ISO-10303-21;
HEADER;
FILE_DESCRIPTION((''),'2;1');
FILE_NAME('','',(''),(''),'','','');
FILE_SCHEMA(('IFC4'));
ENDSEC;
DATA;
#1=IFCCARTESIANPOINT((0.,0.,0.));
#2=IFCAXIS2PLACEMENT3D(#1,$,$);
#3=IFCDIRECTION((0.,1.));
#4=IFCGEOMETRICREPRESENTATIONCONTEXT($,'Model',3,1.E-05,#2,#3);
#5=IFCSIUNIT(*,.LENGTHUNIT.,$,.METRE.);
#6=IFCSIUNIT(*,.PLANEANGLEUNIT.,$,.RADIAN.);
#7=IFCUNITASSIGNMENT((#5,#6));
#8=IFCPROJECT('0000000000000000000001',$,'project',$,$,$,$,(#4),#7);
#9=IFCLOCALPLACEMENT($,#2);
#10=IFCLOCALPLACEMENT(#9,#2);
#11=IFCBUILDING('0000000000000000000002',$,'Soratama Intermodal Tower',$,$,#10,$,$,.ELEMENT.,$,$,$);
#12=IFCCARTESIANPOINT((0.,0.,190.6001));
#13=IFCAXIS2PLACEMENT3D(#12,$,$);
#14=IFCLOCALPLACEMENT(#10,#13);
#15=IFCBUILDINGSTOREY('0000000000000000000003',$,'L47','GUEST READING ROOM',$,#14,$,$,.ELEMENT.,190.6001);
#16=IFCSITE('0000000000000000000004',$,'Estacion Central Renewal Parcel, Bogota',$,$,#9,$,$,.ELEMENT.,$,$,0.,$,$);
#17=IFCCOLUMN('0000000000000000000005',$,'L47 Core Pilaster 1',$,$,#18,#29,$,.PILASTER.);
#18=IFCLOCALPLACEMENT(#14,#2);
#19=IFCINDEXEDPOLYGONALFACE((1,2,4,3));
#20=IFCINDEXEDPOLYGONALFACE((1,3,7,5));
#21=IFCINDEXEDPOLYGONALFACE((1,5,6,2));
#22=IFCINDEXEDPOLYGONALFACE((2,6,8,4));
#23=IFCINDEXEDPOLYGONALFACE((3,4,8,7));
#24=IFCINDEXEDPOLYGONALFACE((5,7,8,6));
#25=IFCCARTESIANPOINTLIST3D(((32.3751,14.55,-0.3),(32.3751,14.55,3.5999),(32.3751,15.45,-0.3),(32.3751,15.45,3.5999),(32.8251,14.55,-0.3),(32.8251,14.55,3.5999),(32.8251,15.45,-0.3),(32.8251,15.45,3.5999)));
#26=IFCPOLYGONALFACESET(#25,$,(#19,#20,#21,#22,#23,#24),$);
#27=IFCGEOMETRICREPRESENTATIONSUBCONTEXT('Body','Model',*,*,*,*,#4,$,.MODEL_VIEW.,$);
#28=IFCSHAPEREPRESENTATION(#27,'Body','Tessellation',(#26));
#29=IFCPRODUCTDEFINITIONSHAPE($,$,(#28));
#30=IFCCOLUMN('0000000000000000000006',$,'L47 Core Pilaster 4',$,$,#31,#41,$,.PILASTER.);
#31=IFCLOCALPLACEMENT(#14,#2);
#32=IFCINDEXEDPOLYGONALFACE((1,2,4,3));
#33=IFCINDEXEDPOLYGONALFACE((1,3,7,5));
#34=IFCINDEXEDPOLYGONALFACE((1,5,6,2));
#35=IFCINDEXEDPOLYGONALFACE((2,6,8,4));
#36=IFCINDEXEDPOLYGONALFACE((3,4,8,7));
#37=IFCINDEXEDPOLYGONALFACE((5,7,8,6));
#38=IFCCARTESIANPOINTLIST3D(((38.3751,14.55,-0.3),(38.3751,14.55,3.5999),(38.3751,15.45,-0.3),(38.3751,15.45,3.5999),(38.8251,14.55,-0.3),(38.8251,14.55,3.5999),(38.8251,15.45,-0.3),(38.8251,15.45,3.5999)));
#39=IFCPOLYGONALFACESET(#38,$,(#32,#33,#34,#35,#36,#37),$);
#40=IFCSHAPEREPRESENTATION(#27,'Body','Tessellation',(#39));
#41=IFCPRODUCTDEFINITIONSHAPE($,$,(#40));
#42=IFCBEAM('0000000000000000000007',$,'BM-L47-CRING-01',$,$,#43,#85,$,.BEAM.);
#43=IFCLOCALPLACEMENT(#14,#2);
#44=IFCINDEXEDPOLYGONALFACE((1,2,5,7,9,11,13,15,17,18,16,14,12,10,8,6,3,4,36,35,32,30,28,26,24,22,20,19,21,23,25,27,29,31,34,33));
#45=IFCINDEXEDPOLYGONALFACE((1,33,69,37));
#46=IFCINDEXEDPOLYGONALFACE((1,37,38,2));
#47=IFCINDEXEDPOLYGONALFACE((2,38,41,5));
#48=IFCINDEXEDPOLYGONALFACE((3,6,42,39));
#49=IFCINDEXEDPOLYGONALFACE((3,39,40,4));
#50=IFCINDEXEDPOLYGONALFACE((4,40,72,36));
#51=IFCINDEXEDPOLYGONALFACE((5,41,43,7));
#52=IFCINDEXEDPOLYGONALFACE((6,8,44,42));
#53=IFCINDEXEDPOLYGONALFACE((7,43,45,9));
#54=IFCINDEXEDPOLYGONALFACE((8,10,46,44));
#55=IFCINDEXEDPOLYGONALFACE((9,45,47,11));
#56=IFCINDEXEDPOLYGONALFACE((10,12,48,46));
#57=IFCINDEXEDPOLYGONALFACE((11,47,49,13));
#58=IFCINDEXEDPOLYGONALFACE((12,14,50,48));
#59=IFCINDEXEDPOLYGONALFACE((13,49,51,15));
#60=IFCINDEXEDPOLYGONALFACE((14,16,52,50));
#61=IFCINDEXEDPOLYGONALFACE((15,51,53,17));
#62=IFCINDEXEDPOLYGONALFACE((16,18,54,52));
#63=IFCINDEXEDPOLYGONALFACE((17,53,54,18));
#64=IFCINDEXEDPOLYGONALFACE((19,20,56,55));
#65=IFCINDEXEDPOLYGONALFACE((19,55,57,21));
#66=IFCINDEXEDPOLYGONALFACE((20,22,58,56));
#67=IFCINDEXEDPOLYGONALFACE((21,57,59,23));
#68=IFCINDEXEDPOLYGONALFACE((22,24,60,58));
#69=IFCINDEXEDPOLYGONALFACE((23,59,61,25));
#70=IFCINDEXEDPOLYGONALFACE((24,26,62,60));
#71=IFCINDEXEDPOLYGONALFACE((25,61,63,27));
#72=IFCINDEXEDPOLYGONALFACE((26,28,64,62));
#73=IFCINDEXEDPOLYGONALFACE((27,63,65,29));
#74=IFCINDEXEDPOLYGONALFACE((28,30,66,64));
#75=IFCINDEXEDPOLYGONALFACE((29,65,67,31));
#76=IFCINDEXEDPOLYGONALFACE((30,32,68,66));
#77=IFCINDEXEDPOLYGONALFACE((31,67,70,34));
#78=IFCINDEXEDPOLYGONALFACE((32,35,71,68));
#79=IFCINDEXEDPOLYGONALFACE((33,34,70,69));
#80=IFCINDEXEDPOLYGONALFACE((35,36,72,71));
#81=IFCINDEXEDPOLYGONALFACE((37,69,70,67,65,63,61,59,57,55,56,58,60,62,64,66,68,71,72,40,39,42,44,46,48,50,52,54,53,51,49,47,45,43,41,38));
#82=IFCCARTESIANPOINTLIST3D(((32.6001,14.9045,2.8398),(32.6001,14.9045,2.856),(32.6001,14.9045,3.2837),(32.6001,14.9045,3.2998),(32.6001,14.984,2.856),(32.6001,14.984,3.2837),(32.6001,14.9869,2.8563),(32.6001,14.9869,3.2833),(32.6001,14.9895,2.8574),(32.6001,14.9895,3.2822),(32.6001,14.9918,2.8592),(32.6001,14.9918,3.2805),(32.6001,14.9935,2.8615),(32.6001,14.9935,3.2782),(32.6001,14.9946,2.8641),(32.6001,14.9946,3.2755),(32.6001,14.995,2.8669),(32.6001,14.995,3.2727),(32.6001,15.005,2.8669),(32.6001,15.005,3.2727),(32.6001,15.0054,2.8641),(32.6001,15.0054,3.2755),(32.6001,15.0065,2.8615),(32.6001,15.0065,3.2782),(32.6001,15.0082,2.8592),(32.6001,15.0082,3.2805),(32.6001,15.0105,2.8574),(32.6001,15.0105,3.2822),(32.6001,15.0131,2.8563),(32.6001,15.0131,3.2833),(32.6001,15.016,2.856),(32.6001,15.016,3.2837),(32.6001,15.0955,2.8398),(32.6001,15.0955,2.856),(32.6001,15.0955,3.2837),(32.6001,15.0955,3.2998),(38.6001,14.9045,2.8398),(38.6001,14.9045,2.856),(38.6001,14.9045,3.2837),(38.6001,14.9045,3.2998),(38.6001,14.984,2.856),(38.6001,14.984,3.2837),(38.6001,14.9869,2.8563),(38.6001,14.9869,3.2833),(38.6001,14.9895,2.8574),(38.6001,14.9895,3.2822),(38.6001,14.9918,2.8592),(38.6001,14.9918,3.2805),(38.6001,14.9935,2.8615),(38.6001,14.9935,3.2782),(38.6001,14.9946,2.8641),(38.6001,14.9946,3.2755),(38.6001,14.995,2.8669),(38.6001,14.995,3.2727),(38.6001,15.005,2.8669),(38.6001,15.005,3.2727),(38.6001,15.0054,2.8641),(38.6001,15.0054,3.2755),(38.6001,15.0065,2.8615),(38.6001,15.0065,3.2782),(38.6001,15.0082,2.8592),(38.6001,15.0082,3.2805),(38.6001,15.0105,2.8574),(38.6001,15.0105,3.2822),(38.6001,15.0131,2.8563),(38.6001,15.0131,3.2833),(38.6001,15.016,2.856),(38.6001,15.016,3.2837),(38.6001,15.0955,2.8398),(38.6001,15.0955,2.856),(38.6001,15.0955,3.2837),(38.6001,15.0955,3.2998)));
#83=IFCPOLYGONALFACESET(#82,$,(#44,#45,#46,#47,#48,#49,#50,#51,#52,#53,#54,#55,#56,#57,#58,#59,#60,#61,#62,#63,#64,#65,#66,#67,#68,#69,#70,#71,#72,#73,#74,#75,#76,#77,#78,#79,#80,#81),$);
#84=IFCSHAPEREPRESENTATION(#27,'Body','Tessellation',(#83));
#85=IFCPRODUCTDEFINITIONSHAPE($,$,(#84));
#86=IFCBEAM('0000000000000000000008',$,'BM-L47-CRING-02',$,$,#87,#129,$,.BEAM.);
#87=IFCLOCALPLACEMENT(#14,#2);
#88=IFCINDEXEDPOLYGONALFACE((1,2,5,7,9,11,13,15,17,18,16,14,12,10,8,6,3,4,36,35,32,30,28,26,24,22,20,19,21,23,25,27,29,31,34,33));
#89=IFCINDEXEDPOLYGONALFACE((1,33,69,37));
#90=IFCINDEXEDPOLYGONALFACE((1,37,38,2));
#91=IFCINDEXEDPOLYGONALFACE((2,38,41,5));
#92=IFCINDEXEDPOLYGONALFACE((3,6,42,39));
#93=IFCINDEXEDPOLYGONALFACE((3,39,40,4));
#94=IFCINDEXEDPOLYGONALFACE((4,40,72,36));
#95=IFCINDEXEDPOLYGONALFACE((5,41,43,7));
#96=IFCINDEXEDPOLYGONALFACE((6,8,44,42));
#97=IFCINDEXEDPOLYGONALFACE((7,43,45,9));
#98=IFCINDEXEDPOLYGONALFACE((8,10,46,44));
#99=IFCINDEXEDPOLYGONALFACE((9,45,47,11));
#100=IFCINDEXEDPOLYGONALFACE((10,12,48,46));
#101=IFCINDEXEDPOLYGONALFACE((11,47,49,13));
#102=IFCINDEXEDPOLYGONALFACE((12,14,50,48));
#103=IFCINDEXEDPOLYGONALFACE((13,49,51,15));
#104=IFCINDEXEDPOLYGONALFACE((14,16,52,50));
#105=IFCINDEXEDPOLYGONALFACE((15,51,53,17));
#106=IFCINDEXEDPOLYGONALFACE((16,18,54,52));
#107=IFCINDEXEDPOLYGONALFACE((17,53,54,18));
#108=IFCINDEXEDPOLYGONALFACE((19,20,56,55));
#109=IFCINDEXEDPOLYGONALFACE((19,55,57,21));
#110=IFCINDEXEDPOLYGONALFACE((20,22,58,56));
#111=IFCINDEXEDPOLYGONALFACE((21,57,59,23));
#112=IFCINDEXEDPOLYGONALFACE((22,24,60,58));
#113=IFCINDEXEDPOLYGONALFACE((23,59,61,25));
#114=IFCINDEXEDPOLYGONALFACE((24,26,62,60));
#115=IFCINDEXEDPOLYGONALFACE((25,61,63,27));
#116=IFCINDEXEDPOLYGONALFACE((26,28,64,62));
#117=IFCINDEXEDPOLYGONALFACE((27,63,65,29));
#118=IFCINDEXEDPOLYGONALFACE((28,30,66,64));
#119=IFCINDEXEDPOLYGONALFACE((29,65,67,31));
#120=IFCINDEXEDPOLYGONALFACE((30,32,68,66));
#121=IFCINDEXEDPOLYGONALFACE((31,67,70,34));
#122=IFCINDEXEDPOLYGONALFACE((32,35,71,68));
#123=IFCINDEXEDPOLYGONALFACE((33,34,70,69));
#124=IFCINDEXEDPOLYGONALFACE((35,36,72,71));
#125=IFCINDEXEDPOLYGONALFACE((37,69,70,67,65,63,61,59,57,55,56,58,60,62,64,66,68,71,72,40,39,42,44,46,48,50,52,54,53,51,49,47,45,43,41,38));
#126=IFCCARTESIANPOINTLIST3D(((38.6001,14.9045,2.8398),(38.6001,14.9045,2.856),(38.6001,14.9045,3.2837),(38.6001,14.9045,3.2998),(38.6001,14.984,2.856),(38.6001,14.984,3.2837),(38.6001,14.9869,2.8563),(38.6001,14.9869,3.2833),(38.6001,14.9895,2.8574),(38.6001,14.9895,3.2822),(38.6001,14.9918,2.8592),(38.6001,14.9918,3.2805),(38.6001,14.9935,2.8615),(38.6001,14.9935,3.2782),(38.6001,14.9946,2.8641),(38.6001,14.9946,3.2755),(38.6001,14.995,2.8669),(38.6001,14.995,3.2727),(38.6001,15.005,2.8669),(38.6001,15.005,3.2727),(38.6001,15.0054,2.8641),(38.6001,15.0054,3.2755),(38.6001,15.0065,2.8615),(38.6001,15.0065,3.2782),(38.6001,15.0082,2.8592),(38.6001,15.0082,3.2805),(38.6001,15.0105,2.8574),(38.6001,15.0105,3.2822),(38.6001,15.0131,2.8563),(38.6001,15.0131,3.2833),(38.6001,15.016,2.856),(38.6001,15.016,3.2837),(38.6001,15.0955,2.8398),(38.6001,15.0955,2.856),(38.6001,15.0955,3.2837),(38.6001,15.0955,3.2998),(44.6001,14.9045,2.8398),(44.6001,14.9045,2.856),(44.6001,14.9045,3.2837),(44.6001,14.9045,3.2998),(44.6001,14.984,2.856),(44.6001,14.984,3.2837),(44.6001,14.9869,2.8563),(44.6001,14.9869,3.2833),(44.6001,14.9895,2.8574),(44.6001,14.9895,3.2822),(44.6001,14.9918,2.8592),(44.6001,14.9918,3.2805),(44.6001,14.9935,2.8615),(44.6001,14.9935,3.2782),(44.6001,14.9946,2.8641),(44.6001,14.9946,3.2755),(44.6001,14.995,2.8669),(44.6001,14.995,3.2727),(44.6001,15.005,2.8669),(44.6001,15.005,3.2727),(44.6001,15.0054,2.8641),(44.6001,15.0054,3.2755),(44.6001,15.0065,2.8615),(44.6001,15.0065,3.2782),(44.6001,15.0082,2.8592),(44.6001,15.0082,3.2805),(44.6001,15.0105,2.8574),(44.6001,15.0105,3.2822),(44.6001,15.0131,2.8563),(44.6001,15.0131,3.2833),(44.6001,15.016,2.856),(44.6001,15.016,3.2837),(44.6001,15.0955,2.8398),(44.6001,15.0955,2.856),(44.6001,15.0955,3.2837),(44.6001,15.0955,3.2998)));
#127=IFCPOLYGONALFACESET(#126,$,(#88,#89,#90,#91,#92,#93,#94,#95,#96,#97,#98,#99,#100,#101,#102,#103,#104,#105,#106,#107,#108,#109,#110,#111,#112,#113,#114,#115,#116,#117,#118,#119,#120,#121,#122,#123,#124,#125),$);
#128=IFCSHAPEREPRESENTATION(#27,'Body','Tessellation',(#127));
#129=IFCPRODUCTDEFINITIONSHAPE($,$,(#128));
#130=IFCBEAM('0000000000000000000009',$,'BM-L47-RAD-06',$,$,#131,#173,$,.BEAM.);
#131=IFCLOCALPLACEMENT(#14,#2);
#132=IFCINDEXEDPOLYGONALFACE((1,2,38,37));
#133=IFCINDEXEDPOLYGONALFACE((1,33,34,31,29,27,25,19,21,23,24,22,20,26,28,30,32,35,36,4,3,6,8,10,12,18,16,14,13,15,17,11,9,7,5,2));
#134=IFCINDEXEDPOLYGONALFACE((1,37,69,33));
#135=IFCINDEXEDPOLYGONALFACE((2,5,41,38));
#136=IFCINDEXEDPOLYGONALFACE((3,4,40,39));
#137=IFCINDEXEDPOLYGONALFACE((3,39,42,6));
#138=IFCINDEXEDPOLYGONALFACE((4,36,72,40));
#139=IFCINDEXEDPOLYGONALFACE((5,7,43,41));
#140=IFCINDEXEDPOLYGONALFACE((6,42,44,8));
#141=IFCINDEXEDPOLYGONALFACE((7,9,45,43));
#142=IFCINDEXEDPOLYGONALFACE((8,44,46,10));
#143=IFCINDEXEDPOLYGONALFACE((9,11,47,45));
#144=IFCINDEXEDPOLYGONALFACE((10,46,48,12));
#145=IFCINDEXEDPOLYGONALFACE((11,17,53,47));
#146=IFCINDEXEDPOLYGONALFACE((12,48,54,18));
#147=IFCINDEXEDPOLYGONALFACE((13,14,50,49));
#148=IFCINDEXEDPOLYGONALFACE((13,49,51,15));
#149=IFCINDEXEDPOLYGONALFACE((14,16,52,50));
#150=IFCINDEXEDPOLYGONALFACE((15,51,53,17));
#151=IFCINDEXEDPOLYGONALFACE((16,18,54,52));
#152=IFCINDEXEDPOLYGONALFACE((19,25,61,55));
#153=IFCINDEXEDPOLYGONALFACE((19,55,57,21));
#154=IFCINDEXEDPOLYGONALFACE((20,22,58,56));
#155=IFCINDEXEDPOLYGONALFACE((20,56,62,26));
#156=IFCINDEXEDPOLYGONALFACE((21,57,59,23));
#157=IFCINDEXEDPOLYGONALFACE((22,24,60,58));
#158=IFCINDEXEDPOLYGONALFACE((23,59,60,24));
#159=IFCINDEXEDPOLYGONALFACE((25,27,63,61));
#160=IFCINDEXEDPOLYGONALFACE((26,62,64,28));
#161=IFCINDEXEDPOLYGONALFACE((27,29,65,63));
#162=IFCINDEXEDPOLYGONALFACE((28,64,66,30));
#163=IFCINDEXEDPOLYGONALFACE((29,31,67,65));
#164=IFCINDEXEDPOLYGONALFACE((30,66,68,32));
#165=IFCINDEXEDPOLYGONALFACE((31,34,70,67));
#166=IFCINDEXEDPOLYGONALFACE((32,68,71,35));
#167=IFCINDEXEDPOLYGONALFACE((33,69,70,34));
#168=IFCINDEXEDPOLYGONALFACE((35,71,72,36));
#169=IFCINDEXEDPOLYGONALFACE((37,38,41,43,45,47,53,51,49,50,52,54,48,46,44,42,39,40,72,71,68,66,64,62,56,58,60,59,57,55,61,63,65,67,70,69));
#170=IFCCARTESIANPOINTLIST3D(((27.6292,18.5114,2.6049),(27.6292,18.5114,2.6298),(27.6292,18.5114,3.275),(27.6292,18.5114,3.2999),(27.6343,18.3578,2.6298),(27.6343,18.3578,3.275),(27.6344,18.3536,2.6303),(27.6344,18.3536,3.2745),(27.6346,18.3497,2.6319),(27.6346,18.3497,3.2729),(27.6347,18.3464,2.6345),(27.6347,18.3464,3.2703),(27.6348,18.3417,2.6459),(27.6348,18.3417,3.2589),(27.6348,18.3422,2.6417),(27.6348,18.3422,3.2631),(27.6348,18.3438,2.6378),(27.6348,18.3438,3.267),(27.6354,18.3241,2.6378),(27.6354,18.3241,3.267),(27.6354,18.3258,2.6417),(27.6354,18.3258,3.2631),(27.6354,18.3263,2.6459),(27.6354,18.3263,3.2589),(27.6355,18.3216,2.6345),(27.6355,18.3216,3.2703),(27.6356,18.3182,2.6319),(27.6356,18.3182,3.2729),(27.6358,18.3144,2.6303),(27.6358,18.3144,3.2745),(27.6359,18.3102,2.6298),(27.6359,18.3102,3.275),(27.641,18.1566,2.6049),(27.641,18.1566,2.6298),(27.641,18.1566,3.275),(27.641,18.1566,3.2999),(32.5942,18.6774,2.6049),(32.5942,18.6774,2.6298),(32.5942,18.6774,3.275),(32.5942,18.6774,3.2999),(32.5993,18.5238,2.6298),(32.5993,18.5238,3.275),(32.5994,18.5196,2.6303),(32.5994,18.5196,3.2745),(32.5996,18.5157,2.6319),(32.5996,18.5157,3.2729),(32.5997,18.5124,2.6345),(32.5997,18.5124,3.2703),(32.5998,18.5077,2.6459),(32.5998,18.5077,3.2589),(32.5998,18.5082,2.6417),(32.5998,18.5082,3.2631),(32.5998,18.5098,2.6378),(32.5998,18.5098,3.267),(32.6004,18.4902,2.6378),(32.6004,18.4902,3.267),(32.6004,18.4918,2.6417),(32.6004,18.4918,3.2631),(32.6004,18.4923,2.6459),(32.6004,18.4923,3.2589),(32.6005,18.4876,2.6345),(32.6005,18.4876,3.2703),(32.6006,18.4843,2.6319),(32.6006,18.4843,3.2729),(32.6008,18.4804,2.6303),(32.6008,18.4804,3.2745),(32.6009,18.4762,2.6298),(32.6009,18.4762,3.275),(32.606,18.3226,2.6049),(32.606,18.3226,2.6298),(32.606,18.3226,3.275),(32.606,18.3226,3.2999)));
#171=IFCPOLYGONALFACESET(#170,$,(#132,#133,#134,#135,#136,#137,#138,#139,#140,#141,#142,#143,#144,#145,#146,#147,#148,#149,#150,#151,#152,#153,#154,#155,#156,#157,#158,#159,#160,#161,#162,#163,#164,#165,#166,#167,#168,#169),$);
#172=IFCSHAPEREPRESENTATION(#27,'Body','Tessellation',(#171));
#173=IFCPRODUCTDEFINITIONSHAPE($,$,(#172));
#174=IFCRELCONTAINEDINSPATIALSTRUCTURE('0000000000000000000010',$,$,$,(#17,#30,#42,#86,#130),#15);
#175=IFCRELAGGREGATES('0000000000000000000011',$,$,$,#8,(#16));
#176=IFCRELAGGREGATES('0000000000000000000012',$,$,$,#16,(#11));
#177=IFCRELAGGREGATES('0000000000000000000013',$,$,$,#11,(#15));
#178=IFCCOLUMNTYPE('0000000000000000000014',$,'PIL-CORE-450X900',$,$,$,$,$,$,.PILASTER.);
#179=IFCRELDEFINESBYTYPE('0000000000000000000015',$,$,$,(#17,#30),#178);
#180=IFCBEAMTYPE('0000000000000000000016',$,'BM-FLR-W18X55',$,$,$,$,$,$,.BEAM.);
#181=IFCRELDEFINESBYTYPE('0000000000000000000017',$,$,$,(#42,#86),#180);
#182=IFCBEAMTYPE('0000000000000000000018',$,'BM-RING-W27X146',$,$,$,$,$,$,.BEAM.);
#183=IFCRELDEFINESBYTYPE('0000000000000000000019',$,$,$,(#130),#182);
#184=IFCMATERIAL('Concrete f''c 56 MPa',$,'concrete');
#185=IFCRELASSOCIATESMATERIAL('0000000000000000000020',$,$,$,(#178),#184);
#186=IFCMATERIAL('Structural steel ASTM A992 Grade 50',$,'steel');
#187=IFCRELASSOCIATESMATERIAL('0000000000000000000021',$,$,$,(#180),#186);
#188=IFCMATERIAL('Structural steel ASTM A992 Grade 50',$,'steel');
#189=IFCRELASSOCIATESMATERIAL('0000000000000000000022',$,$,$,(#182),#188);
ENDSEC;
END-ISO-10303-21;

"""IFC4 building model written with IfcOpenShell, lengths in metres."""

from ifc_helpers import new_model, si_unit, direction, frame, origin, origin_2d, place, context, subcontext, project, spatial, rectangle, i_section, extrude, material, material_profile, profile_set, type_object, element, save


model = new_model("IFC4")

# Units and contexts
model_context = context("Model", 3, precision=1e-05, world=origin(), true_north=direction((0.0, 1.0)))
body_context = subcontext(model_context, "Body", "Model", "MODEL_VIEW")
ifc_project = project(units=[si_unit("LENGTHUNIT", "METRE"), si_unit("PLANEANGLEUNIT", "RADIAN")], contexts=[model_context])

# Site, building, storey
site_placement = place(None, origin())
site = spatial("IfcSite", under=ifc_project, at=site_placement, Name="Estacion Central Renewal Parcel, Bogota", CompositionType="ELEMENT", RefElevation=0.0)
building_placement = place(site_placement, origin())
building = spatial("IfcBuilding", under=site, at=building_placement, Name="Soratama Intermodal Tower", CompositionType="ELEMENT")
storey_placement = place(building_placement, frame((0.0, 0.0, 190.6001)))
storey = spatial("IfcBuildingStorey", under=building, at=storey_placement, Name="L47", Description="GUEST READING ROOM", CompositionType="ELEMENT", Elevation=190.6001)

# Columns
ifc_material_1 = material(Name="Concrete f'c 56 MPa", Category="concrete")
ifc_material_profile_1 = material_profile(ifc_material_1, rectangle(XDim=0.45, YDim=0.8999, at=origin_2d()), Name="RC450X900")
ifc_profile_set_1 = profile_set([ifc_material_profile_1], Name="Concrete f'c 56 MPa")
column_type = type_object("IfcColumnType", Name="PIL-CORE-450X900", PredefinedType="PILASTER", material=ifc_profile_set_1)
for number, where, z_axis, x_axis, name in (
    (1, (32.6001, 15.0, -0.3), (0.0, 0.0, 1.0), (1.0, 0.0, 0.0), "L47 Core Pilaster 1"),
    (2, (38.6001, 15.0, -0.3), (0.0, 0.0, 1.0), (1.0, 0.0, 0.0), "L47 Core Pilaster 4"),
):
    element("IfcColumn", number, at=place(storey_placement, frame(where, z_axis=z_axis, x_axis=x_axis)), inside=storey, type_object=column_type, Name=name, PredefinedType="PILASTER", context=body_context, shape_type="SweptSolid", body=[
        extrude(rectangle(XDim=0.45, YDim=0.8999, at=origin_2d()), origin(), (0.0, 0.0, 1.0), 3.8999),
    ])

# Beams
ifc_material_2 = material(Name="Structural steel ASTM A992 Grade 50", Category="steel")
ifc_material_profile_2 = material_profile(ifc_material_2, i_section(OverallWidth=0.1909, OverallDepth=0.46, WebThickness=0.01, FlangeThickness=0.0161, FilletRadius=0.011, at=origin_2d()), Name="W18X55")
ifc_profile_set_2 = profile_set([ifc_material_profile_2], Name="Structural steel ASTM A992 Grade 50")
beam_type_1 = type_object("IfcBeamType", Name="BM-FLR-W18X55", PredefinedType="BEAM", material=ifc_profile_set_2)
for number, where, z_axis, x_axis, name in (
    (3, (32.6001, 15.0, 3.0698), (1.0, 0.0, 0.0), (0.0, 1.0, 0.0), "BM-L47-CRING-01"),
    (4, (38.6001, 15.0, 3.0698), (1.0, 0.0, 0.0), (0.0, 1.0, 0.0), "BM-L47-CRING-02"),
):
    element("IfcBeam", number, at=place(storey_placement, frame(where, z_axis=z_axis, x_axis=x_axis)), inside=storey, type_object=beam_type_1, Name=name, PredefinedType="BEAM", context=body_context, shape_type="SweptSolid", body=[
        extrude(i_section(OverallWidth=0.1909, OverallDepth=0.46, WebThickness=0.01, FlangeThickness=0.0161, FilletRadius=0.011, at=origin_2d()), origin(), (0.0, 0.0, 1.0), 6.0),
    ])
ifc_material_3 = material(Name="Structural steel ASTM A992 Grade 50", Category="steel")
ifc_material_profile_3 = material_profile(ifc_material_3, i_section(OverallWidth=0.355, OverallDepth=0.6951, WebThickness=0.0154, FlangeThickness=0.0249, FilletRadius=0.0161, at=origin_2d()), Name="W27X146")
ifc_profile_set_3 = profile_set([ifc_material_profile_3], Name="Structural steel ASTM A992 Grade 50")
beam_type_2 = type_object("IfcBeamType", Name="BM-RING-W27X146", PredefinedType="BEAM", material=ifc_profile_set_3)
beam_1_placement = place(storey_placement, frame((32.6001, 18.5, 2.9524), z_axis=(-0.999441, -0.033418, 0.0), x_axis=(0.033418, -0.999441, 0.0)))
element("IfcBeam", 5, at=beam_1_placement, inside=storey, type_object=beam_type_2, Name="BM-L47-RAD-06", PredefinedType="BEAM", context=body_context, shape_type="SweptSolid", body=[
    extrude(i_section(OverallWidth=0.355, OverallDepth=0.6951, WebThickness=0.0154, FlangeThickness=0.0249, FilletRadius=0.0161, at=origin_2d()), origin(), (0.0, 0.0, 1.0), 4.9678),
])

save(model, "model.ifc")
